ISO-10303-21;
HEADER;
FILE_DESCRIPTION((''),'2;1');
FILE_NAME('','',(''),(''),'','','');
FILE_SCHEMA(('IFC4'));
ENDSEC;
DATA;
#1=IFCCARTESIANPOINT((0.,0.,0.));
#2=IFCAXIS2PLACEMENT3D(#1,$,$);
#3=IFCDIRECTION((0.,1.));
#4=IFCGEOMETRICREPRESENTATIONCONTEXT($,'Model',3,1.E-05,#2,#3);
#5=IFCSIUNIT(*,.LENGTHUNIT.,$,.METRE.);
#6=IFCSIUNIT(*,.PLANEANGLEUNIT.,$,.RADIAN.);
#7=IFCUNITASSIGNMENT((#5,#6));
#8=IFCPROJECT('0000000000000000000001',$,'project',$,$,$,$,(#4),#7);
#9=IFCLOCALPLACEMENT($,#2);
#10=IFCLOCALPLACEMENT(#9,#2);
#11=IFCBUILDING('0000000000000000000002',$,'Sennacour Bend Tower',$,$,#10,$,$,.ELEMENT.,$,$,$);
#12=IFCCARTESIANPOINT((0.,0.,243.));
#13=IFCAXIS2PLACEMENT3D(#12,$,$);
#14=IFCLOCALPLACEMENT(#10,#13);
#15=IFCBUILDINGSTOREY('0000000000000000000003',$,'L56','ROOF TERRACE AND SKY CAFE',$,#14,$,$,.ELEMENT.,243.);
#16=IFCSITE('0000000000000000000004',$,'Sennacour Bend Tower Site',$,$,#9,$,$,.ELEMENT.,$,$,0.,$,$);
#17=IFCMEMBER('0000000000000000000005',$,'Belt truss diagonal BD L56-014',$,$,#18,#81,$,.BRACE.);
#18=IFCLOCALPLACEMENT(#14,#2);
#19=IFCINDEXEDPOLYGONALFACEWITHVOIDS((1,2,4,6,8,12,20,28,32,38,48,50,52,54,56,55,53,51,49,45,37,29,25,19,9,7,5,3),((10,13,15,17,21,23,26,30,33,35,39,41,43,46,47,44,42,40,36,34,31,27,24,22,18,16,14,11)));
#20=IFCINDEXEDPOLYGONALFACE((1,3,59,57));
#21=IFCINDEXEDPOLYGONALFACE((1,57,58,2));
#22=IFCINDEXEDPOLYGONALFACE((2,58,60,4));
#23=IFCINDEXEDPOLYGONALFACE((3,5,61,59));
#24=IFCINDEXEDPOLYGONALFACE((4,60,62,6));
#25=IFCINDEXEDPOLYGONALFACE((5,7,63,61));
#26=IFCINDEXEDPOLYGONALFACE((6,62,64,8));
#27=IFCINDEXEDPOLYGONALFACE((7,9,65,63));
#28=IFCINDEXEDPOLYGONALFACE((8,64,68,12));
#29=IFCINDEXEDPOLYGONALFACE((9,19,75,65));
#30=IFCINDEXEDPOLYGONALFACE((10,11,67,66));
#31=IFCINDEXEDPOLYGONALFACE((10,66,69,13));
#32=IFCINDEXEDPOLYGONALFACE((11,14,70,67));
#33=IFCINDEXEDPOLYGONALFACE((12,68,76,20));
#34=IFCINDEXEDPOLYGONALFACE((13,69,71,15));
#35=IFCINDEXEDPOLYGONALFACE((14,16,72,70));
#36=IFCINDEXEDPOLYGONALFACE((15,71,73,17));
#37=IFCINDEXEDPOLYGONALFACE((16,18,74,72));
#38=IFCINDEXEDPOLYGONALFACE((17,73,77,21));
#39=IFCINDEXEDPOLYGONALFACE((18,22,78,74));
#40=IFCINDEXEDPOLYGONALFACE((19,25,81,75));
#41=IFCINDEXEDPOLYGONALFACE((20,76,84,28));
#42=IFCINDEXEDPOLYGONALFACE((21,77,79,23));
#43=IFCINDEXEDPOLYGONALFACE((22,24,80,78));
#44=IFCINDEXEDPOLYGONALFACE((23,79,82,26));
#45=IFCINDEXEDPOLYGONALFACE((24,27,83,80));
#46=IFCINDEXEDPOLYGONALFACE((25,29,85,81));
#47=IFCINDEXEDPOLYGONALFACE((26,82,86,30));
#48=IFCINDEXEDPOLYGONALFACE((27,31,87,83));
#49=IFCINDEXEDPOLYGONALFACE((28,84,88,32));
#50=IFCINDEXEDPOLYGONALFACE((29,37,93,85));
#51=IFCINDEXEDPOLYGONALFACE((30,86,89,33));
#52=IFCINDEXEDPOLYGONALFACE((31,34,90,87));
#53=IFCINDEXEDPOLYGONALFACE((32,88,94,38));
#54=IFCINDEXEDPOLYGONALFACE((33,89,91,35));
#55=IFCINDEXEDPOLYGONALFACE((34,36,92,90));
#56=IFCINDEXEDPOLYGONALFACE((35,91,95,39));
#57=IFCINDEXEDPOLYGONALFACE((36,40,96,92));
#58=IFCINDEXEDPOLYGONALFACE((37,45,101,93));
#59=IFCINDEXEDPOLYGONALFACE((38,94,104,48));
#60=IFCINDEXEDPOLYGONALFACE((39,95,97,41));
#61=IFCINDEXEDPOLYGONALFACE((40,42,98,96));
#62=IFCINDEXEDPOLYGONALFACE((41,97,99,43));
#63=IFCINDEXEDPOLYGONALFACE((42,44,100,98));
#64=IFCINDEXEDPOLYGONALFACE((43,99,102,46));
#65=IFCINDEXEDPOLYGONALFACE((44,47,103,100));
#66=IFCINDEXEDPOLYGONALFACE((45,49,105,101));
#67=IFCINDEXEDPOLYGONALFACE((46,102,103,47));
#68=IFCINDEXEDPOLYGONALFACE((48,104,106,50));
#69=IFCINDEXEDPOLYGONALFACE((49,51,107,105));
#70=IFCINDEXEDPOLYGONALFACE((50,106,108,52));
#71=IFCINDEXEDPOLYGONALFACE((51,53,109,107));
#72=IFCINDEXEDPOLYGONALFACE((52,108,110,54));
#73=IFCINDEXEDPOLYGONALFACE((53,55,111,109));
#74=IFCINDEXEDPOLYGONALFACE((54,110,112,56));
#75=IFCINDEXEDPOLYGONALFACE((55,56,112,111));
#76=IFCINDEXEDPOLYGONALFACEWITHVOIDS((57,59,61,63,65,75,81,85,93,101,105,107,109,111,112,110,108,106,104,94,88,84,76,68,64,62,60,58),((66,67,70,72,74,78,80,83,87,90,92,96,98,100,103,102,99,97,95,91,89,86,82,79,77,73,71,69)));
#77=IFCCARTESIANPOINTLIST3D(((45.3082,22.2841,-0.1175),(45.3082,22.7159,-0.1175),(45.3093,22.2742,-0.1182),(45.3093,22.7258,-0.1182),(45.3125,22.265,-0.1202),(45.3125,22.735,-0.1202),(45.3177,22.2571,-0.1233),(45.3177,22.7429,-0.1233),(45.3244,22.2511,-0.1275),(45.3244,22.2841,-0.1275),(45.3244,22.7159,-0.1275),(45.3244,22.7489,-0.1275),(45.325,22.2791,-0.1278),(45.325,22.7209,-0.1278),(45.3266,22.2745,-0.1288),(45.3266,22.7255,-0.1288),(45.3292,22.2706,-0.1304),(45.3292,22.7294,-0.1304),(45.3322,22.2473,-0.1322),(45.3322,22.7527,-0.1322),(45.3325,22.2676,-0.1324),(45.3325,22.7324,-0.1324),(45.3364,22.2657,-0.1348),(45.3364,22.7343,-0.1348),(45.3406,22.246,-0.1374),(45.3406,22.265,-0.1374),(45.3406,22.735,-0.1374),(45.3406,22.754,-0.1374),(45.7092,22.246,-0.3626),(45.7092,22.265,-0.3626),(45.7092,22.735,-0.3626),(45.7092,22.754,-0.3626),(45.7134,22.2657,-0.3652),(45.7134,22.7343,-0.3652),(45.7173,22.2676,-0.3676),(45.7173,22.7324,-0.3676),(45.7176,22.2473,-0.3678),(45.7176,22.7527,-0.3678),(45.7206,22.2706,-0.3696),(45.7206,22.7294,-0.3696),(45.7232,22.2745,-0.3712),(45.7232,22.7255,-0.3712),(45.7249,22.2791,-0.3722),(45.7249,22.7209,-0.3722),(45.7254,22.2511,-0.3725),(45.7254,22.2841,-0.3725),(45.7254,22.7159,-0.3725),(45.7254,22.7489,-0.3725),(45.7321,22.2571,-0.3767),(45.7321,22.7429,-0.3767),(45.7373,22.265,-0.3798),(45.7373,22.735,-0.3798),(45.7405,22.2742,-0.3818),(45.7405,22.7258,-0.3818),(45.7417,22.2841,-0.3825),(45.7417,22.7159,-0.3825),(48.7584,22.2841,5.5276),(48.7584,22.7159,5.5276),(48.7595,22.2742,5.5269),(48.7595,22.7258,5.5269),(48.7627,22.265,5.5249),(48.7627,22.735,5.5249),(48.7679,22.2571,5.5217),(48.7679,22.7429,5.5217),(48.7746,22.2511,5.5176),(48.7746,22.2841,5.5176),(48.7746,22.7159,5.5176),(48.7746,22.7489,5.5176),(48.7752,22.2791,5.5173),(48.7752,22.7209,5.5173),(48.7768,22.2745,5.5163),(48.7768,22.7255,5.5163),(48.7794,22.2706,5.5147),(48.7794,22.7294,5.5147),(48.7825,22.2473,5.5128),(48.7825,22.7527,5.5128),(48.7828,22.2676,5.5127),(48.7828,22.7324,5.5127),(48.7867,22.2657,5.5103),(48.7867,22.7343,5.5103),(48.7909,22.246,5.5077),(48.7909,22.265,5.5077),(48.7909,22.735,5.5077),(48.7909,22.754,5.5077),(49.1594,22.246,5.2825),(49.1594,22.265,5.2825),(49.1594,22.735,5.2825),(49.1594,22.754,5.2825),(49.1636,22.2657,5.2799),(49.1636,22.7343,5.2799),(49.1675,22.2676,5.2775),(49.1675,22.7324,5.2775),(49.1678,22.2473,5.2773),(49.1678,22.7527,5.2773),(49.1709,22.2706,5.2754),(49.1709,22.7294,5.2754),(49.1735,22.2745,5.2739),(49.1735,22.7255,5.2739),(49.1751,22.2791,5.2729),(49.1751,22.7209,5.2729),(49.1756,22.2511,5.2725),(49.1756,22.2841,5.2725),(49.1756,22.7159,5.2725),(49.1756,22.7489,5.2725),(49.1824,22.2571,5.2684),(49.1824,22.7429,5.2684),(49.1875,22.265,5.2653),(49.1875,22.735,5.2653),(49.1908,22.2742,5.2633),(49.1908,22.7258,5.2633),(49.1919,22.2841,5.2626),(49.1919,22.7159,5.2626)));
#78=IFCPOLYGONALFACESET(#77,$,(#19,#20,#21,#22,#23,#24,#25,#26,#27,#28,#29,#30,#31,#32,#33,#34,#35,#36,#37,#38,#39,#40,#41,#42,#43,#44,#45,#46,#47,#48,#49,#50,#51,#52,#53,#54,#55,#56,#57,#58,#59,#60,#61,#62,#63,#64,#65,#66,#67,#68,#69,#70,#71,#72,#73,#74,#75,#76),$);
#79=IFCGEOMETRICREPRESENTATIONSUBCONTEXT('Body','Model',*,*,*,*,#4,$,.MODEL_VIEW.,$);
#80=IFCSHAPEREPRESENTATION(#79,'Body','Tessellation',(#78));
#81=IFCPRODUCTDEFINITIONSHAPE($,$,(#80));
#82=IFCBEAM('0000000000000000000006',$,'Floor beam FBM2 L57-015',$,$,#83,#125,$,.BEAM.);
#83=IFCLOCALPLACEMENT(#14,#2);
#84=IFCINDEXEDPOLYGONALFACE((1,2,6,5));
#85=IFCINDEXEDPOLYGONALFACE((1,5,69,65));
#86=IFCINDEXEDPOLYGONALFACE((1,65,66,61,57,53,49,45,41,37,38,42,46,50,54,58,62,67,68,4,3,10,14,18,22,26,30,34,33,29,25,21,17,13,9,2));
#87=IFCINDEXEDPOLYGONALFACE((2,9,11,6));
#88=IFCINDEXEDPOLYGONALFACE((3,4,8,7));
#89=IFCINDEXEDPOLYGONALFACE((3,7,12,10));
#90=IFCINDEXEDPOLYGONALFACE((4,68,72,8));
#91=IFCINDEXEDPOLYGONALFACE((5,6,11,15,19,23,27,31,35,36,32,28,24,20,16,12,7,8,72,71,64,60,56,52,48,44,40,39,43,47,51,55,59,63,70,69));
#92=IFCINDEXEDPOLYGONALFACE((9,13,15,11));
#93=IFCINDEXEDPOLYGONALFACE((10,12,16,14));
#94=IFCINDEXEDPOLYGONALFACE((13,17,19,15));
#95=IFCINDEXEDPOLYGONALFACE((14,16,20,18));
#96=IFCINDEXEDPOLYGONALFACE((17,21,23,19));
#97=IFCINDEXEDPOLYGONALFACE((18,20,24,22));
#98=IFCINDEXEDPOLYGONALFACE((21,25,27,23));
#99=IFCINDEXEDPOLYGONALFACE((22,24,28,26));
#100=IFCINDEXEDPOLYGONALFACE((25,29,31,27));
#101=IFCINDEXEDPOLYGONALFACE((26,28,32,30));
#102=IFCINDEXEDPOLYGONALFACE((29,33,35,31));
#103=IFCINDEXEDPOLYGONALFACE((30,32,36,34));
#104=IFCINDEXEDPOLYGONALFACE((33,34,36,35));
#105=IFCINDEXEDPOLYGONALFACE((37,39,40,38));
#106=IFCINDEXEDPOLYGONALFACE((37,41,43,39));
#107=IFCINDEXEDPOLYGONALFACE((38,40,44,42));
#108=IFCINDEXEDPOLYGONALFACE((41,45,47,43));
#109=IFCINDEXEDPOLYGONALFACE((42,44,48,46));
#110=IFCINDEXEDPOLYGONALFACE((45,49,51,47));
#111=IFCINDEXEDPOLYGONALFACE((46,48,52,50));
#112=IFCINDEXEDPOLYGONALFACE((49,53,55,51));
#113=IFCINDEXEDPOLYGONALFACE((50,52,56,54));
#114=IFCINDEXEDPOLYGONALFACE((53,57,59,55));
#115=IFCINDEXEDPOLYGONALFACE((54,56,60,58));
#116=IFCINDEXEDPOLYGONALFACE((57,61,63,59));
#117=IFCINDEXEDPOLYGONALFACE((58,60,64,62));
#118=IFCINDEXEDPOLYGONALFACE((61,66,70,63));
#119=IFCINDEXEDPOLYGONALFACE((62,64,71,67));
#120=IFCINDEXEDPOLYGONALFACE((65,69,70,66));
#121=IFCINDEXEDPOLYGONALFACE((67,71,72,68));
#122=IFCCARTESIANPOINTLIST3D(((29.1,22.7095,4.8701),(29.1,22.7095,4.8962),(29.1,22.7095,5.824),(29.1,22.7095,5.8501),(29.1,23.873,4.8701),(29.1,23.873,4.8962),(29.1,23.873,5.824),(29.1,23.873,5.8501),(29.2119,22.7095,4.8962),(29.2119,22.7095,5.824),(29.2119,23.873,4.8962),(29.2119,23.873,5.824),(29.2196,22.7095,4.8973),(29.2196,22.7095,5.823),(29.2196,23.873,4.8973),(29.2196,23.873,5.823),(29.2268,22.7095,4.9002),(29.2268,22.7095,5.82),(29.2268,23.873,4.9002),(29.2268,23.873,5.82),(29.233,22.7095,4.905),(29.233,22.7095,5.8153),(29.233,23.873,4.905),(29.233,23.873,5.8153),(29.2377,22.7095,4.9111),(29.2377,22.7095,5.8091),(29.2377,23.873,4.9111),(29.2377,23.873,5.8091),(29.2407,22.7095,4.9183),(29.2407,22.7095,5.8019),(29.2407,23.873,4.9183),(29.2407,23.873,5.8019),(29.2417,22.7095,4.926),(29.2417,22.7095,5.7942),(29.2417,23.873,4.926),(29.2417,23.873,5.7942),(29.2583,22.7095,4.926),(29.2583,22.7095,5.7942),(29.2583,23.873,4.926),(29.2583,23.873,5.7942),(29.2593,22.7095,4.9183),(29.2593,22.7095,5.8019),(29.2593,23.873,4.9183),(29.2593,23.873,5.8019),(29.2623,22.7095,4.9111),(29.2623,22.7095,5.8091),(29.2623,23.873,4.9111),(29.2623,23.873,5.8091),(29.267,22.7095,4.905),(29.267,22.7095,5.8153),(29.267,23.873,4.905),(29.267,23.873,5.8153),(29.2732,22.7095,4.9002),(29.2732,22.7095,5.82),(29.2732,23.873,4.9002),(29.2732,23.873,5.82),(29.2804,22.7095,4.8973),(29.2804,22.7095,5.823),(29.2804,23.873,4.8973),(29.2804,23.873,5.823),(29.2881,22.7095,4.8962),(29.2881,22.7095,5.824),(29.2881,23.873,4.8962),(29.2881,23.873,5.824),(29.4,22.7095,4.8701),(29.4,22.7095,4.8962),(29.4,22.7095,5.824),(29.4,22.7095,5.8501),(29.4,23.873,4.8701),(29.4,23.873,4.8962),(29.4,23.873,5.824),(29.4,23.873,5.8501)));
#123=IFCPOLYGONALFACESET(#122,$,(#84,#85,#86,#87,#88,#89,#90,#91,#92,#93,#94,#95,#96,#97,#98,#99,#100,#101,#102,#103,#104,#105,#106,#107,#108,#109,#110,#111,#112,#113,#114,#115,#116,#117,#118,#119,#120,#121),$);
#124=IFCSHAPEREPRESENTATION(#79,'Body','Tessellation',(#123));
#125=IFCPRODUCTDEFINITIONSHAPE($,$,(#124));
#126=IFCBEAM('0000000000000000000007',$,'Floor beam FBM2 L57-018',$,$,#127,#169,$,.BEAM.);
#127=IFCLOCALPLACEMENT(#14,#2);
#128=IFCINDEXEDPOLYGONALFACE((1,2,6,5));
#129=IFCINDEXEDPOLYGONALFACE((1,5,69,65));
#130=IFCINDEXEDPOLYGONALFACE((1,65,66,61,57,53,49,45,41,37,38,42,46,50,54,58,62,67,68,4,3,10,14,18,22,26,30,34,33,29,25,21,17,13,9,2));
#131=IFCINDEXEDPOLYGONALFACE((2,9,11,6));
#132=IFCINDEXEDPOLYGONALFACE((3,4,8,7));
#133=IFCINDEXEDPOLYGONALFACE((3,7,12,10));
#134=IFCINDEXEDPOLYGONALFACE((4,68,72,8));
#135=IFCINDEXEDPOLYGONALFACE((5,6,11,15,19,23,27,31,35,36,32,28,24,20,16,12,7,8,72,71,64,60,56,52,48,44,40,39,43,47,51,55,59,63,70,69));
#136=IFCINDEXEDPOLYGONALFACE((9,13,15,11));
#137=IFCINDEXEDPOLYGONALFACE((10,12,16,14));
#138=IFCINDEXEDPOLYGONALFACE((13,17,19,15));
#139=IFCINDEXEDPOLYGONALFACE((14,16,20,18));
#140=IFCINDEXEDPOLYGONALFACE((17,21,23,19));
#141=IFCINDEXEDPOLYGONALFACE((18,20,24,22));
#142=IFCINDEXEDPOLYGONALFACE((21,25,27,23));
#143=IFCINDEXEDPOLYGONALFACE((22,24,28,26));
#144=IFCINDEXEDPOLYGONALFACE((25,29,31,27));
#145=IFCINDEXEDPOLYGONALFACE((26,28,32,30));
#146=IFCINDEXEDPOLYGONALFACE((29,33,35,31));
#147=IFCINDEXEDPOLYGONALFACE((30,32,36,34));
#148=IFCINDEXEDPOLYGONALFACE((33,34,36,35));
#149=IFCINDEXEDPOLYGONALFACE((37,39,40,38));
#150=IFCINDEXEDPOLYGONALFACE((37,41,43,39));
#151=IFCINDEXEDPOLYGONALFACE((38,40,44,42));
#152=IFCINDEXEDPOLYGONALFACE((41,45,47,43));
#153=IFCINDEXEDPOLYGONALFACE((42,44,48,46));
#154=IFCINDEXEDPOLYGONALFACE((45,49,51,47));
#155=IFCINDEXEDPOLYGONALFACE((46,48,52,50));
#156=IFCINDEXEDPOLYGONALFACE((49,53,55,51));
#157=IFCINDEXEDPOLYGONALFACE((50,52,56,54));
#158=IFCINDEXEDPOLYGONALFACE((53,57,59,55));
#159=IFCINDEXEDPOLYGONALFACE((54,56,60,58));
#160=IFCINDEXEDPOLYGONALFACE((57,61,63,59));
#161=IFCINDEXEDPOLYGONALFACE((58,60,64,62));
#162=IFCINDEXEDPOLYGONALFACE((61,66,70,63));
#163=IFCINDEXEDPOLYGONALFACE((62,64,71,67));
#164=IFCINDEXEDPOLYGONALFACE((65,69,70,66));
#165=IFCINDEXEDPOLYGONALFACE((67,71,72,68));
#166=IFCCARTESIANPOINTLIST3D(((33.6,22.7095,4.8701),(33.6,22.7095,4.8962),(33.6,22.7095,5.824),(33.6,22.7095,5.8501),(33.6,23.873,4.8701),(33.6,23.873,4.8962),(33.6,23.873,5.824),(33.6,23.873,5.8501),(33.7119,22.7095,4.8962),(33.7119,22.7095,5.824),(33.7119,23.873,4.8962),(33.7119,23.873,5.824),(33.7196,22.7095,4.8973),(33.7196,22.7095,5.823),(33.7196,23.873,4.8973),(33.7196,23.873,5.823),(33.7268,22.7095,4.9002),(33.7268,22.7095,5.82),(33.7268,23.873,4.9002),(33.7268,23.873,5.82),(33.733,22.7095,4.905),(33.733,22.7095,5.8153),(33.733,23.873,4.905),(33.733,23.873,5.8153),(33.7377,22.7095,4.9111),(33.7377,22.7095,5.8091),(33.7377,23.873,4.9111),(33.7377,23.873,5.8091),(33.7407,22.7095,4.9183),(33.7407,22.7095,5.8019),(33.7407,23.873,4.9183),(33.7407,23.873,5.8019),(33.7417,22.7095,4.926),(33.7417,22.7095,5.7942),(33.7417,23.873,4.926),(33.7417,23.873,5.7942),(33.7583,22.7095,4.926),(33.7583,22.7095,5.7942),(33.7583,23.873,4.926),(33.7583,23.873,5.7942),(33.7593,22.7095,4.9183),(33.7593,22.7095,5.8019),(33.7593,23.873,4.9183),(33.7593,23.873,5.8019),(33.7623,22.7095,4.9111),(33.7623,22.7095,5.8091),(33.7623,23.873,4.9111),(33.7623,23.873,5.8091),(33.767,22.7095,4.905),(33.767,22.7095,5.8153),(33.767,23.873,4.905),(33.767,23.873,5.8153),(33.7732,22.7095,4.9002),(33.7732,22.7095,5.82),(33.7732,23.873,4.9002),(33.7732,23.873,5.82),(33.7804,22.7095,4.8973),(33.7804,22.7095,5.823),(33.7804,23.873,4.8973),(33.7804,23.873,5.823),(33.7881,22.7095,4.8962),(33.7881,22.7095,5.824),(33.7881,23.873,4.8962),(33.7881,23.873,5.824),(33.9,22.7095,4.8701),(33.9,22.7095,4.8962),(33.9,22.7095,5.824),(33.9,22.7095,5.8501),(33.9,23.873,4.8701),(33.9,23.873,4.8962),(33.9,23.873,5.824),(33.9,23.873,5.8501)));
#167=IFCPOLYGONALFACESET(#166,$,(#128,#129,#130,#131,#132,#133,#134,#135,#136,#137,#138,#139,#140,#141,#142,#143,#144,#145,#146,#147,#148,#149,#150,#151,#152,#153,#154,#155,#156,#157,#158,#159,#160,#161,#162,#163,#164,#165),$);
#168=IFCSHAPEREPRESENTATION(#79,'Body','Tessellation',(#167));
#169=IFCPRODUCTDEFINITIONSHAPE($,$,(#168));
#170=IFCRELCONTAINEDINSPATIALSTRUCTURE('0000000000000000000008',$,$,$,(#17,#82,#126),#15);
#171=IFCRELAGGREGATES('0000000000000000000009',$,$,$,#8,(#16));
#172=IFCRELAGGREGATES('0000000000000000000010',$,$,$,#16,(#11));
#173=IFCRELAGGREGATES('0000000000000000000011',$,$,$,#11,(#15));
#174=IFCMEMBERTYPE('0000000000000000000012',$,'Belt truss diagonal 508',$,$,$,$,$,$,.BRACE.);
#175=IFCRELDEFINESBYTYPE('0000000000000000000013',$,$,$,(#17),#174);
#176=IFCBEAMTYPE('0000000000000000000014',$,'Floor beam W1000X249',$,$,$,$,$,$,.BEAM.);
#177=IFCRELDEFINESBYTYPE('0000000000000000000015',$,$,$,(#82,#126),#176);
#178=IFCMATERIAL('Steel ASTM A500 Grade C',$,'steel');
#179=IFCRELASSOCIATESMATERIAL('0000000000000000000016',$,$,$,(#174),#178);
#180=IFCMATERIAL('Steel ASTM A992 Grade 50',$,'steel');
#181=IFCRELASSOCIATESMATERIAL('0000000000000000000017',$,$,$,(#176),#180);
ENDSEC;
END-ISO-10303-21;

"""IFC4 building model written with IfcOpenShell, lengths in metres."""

from ifc_helpers import new_model, si_unit, direction, frame, origin, origin_2d, place, context, subcontext, project, spatial, hollow_rectangle, i_section, extrude, material, material_profile, profile_set, type_object, element, save


model = new_model("IFC4")

# Units and contexts
model_context = context("Model", 3, precision=1e-05, world=origin(), true_north=direction((0.0, 1.0)))
body_context = subcontext(model_context, "Body", "Model", "MODEL_VIEW")
ifc_project = project(units=[si_unit("LENGTHUNIT", "METRE"), si_unit("PLANEANGLEUNIT", "RADIAN")], contexts=[model_context])

# Site, building, storey
site_placement = place(None, origin())
site = spatial("IfcSite", under=ifc_project, at=site_placement, Name="Sennacour Bend Tower Site", CompositionType="ELEMENT", RefElevation=0.0)
building_placement = place(site_placement, origin())
building = spatial("IfcBuilding", under=site, at=building_placement, Name="Sennacour Bend Tower", CompositionType="ELEMENT")
storey_placement = place(building_placement, frame((0.0, 0.0, 243.0)))
storey = spatial("IfcBuildingStorey", under=building, at=storey_placement, Name="L56", Description="ROOF TERRACE AND SKY CAFE", CompositionType="ELEMENT", Elevation=243.0)

# Member
ifc_material_1 = material(Name="Steel ASTM A992 Grade 50", Category="steel")
ifc_material_2 = material(Name="Steel ASTM A500 Grade C", Category="steel")
ifc_material_profile_1 = material_profile(ifc_material_2, hollow_rectangle(XDim=0.5081, YDim=0.5081, WallThickness=0.019, InnerFilletRadius=0.019, OuterFilletRadius=0.0381, at=origin_2d()), Name="Steel ASTM A500 Grade C", Category="steel")
ifc_profile_set_1 = profile_set([ifc_material_profile_1], Name="Steel ASTM A500 Grade C")
member_type_1 = type_object("IfcMemberType", Name="Belt truss diagonal 508", PredefinedType="BRACE", material=ifc_profile_set_1)
for number, where, z_axis, x_axis, name in (
    (1, (45.5249, 22.5, -0.25), (0.521501, 0.0, 0.853251), (0.0, 1.0, 0.0), "Belt truss diagonal BD L56-014"),
):
    element("IfcMember", number, at=place(storey_placement, frame(where, z_axis=z_axis, x_axis=x_axis)), inside=storey, type_object=member_type_1, Name=name, PredefinedType="BRACE", context=body_context, shape_type="SweptSolid", body=[
        extrude(hollow_rectangle(XDim=0.5081, YDim=0.5081, WallThickness=0.019, InnerFilletRadius=0.019, OuterFilletRadius=0.0381, at=origin_2d()), origin(), (0.0, 0.0, 1.0), 6.616),
    ])

# Beams
ifc_material_profile_2 = material_profile(ifc_material_1, i_section(OverallWidth=0.3, OverallDepth=0.98, WebThickness=0.0166, FlangeThickness=0.0261, FilletRadius=0.0298, at=origin_2d()), Name="Steel ASTM A992 Grade 50", Category="steel")
ifc_profile_set_2 = profile_set([ifc_material_profile_2], Name="Steel ASTM A992 Grade 50")
beam_type_1 = type_object("IfcBeamType", Name="Floor beam W1000X249", PredefinedType="BEAM", material=ifc_profile_set_2)
for number, where, z_axis, x_axis, name in (
    (2, (29.25, 22.7095, 5.3601), (0.0, 1.0, 0.0), (-1.0, 0.0, 0.0), "Floor beam FBM2 L57-015"),
    (3, (33.75, 22.7095, 5.3601), (0.0, 1.0, 0.0), (-1.0, 0.0, 0.0), "Floor beam FBM2 L57-018"),
):
    element("IfcBeam", number, at=place(storey_placement, frame(where, z_axis=z_axis, x_axis=x_axis)), inside=storey, type_object=beam_type_1, Name=name, PredefinedType="BEAM", context=body_context, shape_type="SweptSolid", body=[
        extrude(i_section(OverallWidth=0.3, OverallDepth=0.98, WebThickness=0.0166, FlangeThickness=0.0261, FilletRadius=0.0298, at=origin_2d()), origin(), (0.0, 0.0, 1.0), 1.1636),
    ])

save(model, "model.ifc")
